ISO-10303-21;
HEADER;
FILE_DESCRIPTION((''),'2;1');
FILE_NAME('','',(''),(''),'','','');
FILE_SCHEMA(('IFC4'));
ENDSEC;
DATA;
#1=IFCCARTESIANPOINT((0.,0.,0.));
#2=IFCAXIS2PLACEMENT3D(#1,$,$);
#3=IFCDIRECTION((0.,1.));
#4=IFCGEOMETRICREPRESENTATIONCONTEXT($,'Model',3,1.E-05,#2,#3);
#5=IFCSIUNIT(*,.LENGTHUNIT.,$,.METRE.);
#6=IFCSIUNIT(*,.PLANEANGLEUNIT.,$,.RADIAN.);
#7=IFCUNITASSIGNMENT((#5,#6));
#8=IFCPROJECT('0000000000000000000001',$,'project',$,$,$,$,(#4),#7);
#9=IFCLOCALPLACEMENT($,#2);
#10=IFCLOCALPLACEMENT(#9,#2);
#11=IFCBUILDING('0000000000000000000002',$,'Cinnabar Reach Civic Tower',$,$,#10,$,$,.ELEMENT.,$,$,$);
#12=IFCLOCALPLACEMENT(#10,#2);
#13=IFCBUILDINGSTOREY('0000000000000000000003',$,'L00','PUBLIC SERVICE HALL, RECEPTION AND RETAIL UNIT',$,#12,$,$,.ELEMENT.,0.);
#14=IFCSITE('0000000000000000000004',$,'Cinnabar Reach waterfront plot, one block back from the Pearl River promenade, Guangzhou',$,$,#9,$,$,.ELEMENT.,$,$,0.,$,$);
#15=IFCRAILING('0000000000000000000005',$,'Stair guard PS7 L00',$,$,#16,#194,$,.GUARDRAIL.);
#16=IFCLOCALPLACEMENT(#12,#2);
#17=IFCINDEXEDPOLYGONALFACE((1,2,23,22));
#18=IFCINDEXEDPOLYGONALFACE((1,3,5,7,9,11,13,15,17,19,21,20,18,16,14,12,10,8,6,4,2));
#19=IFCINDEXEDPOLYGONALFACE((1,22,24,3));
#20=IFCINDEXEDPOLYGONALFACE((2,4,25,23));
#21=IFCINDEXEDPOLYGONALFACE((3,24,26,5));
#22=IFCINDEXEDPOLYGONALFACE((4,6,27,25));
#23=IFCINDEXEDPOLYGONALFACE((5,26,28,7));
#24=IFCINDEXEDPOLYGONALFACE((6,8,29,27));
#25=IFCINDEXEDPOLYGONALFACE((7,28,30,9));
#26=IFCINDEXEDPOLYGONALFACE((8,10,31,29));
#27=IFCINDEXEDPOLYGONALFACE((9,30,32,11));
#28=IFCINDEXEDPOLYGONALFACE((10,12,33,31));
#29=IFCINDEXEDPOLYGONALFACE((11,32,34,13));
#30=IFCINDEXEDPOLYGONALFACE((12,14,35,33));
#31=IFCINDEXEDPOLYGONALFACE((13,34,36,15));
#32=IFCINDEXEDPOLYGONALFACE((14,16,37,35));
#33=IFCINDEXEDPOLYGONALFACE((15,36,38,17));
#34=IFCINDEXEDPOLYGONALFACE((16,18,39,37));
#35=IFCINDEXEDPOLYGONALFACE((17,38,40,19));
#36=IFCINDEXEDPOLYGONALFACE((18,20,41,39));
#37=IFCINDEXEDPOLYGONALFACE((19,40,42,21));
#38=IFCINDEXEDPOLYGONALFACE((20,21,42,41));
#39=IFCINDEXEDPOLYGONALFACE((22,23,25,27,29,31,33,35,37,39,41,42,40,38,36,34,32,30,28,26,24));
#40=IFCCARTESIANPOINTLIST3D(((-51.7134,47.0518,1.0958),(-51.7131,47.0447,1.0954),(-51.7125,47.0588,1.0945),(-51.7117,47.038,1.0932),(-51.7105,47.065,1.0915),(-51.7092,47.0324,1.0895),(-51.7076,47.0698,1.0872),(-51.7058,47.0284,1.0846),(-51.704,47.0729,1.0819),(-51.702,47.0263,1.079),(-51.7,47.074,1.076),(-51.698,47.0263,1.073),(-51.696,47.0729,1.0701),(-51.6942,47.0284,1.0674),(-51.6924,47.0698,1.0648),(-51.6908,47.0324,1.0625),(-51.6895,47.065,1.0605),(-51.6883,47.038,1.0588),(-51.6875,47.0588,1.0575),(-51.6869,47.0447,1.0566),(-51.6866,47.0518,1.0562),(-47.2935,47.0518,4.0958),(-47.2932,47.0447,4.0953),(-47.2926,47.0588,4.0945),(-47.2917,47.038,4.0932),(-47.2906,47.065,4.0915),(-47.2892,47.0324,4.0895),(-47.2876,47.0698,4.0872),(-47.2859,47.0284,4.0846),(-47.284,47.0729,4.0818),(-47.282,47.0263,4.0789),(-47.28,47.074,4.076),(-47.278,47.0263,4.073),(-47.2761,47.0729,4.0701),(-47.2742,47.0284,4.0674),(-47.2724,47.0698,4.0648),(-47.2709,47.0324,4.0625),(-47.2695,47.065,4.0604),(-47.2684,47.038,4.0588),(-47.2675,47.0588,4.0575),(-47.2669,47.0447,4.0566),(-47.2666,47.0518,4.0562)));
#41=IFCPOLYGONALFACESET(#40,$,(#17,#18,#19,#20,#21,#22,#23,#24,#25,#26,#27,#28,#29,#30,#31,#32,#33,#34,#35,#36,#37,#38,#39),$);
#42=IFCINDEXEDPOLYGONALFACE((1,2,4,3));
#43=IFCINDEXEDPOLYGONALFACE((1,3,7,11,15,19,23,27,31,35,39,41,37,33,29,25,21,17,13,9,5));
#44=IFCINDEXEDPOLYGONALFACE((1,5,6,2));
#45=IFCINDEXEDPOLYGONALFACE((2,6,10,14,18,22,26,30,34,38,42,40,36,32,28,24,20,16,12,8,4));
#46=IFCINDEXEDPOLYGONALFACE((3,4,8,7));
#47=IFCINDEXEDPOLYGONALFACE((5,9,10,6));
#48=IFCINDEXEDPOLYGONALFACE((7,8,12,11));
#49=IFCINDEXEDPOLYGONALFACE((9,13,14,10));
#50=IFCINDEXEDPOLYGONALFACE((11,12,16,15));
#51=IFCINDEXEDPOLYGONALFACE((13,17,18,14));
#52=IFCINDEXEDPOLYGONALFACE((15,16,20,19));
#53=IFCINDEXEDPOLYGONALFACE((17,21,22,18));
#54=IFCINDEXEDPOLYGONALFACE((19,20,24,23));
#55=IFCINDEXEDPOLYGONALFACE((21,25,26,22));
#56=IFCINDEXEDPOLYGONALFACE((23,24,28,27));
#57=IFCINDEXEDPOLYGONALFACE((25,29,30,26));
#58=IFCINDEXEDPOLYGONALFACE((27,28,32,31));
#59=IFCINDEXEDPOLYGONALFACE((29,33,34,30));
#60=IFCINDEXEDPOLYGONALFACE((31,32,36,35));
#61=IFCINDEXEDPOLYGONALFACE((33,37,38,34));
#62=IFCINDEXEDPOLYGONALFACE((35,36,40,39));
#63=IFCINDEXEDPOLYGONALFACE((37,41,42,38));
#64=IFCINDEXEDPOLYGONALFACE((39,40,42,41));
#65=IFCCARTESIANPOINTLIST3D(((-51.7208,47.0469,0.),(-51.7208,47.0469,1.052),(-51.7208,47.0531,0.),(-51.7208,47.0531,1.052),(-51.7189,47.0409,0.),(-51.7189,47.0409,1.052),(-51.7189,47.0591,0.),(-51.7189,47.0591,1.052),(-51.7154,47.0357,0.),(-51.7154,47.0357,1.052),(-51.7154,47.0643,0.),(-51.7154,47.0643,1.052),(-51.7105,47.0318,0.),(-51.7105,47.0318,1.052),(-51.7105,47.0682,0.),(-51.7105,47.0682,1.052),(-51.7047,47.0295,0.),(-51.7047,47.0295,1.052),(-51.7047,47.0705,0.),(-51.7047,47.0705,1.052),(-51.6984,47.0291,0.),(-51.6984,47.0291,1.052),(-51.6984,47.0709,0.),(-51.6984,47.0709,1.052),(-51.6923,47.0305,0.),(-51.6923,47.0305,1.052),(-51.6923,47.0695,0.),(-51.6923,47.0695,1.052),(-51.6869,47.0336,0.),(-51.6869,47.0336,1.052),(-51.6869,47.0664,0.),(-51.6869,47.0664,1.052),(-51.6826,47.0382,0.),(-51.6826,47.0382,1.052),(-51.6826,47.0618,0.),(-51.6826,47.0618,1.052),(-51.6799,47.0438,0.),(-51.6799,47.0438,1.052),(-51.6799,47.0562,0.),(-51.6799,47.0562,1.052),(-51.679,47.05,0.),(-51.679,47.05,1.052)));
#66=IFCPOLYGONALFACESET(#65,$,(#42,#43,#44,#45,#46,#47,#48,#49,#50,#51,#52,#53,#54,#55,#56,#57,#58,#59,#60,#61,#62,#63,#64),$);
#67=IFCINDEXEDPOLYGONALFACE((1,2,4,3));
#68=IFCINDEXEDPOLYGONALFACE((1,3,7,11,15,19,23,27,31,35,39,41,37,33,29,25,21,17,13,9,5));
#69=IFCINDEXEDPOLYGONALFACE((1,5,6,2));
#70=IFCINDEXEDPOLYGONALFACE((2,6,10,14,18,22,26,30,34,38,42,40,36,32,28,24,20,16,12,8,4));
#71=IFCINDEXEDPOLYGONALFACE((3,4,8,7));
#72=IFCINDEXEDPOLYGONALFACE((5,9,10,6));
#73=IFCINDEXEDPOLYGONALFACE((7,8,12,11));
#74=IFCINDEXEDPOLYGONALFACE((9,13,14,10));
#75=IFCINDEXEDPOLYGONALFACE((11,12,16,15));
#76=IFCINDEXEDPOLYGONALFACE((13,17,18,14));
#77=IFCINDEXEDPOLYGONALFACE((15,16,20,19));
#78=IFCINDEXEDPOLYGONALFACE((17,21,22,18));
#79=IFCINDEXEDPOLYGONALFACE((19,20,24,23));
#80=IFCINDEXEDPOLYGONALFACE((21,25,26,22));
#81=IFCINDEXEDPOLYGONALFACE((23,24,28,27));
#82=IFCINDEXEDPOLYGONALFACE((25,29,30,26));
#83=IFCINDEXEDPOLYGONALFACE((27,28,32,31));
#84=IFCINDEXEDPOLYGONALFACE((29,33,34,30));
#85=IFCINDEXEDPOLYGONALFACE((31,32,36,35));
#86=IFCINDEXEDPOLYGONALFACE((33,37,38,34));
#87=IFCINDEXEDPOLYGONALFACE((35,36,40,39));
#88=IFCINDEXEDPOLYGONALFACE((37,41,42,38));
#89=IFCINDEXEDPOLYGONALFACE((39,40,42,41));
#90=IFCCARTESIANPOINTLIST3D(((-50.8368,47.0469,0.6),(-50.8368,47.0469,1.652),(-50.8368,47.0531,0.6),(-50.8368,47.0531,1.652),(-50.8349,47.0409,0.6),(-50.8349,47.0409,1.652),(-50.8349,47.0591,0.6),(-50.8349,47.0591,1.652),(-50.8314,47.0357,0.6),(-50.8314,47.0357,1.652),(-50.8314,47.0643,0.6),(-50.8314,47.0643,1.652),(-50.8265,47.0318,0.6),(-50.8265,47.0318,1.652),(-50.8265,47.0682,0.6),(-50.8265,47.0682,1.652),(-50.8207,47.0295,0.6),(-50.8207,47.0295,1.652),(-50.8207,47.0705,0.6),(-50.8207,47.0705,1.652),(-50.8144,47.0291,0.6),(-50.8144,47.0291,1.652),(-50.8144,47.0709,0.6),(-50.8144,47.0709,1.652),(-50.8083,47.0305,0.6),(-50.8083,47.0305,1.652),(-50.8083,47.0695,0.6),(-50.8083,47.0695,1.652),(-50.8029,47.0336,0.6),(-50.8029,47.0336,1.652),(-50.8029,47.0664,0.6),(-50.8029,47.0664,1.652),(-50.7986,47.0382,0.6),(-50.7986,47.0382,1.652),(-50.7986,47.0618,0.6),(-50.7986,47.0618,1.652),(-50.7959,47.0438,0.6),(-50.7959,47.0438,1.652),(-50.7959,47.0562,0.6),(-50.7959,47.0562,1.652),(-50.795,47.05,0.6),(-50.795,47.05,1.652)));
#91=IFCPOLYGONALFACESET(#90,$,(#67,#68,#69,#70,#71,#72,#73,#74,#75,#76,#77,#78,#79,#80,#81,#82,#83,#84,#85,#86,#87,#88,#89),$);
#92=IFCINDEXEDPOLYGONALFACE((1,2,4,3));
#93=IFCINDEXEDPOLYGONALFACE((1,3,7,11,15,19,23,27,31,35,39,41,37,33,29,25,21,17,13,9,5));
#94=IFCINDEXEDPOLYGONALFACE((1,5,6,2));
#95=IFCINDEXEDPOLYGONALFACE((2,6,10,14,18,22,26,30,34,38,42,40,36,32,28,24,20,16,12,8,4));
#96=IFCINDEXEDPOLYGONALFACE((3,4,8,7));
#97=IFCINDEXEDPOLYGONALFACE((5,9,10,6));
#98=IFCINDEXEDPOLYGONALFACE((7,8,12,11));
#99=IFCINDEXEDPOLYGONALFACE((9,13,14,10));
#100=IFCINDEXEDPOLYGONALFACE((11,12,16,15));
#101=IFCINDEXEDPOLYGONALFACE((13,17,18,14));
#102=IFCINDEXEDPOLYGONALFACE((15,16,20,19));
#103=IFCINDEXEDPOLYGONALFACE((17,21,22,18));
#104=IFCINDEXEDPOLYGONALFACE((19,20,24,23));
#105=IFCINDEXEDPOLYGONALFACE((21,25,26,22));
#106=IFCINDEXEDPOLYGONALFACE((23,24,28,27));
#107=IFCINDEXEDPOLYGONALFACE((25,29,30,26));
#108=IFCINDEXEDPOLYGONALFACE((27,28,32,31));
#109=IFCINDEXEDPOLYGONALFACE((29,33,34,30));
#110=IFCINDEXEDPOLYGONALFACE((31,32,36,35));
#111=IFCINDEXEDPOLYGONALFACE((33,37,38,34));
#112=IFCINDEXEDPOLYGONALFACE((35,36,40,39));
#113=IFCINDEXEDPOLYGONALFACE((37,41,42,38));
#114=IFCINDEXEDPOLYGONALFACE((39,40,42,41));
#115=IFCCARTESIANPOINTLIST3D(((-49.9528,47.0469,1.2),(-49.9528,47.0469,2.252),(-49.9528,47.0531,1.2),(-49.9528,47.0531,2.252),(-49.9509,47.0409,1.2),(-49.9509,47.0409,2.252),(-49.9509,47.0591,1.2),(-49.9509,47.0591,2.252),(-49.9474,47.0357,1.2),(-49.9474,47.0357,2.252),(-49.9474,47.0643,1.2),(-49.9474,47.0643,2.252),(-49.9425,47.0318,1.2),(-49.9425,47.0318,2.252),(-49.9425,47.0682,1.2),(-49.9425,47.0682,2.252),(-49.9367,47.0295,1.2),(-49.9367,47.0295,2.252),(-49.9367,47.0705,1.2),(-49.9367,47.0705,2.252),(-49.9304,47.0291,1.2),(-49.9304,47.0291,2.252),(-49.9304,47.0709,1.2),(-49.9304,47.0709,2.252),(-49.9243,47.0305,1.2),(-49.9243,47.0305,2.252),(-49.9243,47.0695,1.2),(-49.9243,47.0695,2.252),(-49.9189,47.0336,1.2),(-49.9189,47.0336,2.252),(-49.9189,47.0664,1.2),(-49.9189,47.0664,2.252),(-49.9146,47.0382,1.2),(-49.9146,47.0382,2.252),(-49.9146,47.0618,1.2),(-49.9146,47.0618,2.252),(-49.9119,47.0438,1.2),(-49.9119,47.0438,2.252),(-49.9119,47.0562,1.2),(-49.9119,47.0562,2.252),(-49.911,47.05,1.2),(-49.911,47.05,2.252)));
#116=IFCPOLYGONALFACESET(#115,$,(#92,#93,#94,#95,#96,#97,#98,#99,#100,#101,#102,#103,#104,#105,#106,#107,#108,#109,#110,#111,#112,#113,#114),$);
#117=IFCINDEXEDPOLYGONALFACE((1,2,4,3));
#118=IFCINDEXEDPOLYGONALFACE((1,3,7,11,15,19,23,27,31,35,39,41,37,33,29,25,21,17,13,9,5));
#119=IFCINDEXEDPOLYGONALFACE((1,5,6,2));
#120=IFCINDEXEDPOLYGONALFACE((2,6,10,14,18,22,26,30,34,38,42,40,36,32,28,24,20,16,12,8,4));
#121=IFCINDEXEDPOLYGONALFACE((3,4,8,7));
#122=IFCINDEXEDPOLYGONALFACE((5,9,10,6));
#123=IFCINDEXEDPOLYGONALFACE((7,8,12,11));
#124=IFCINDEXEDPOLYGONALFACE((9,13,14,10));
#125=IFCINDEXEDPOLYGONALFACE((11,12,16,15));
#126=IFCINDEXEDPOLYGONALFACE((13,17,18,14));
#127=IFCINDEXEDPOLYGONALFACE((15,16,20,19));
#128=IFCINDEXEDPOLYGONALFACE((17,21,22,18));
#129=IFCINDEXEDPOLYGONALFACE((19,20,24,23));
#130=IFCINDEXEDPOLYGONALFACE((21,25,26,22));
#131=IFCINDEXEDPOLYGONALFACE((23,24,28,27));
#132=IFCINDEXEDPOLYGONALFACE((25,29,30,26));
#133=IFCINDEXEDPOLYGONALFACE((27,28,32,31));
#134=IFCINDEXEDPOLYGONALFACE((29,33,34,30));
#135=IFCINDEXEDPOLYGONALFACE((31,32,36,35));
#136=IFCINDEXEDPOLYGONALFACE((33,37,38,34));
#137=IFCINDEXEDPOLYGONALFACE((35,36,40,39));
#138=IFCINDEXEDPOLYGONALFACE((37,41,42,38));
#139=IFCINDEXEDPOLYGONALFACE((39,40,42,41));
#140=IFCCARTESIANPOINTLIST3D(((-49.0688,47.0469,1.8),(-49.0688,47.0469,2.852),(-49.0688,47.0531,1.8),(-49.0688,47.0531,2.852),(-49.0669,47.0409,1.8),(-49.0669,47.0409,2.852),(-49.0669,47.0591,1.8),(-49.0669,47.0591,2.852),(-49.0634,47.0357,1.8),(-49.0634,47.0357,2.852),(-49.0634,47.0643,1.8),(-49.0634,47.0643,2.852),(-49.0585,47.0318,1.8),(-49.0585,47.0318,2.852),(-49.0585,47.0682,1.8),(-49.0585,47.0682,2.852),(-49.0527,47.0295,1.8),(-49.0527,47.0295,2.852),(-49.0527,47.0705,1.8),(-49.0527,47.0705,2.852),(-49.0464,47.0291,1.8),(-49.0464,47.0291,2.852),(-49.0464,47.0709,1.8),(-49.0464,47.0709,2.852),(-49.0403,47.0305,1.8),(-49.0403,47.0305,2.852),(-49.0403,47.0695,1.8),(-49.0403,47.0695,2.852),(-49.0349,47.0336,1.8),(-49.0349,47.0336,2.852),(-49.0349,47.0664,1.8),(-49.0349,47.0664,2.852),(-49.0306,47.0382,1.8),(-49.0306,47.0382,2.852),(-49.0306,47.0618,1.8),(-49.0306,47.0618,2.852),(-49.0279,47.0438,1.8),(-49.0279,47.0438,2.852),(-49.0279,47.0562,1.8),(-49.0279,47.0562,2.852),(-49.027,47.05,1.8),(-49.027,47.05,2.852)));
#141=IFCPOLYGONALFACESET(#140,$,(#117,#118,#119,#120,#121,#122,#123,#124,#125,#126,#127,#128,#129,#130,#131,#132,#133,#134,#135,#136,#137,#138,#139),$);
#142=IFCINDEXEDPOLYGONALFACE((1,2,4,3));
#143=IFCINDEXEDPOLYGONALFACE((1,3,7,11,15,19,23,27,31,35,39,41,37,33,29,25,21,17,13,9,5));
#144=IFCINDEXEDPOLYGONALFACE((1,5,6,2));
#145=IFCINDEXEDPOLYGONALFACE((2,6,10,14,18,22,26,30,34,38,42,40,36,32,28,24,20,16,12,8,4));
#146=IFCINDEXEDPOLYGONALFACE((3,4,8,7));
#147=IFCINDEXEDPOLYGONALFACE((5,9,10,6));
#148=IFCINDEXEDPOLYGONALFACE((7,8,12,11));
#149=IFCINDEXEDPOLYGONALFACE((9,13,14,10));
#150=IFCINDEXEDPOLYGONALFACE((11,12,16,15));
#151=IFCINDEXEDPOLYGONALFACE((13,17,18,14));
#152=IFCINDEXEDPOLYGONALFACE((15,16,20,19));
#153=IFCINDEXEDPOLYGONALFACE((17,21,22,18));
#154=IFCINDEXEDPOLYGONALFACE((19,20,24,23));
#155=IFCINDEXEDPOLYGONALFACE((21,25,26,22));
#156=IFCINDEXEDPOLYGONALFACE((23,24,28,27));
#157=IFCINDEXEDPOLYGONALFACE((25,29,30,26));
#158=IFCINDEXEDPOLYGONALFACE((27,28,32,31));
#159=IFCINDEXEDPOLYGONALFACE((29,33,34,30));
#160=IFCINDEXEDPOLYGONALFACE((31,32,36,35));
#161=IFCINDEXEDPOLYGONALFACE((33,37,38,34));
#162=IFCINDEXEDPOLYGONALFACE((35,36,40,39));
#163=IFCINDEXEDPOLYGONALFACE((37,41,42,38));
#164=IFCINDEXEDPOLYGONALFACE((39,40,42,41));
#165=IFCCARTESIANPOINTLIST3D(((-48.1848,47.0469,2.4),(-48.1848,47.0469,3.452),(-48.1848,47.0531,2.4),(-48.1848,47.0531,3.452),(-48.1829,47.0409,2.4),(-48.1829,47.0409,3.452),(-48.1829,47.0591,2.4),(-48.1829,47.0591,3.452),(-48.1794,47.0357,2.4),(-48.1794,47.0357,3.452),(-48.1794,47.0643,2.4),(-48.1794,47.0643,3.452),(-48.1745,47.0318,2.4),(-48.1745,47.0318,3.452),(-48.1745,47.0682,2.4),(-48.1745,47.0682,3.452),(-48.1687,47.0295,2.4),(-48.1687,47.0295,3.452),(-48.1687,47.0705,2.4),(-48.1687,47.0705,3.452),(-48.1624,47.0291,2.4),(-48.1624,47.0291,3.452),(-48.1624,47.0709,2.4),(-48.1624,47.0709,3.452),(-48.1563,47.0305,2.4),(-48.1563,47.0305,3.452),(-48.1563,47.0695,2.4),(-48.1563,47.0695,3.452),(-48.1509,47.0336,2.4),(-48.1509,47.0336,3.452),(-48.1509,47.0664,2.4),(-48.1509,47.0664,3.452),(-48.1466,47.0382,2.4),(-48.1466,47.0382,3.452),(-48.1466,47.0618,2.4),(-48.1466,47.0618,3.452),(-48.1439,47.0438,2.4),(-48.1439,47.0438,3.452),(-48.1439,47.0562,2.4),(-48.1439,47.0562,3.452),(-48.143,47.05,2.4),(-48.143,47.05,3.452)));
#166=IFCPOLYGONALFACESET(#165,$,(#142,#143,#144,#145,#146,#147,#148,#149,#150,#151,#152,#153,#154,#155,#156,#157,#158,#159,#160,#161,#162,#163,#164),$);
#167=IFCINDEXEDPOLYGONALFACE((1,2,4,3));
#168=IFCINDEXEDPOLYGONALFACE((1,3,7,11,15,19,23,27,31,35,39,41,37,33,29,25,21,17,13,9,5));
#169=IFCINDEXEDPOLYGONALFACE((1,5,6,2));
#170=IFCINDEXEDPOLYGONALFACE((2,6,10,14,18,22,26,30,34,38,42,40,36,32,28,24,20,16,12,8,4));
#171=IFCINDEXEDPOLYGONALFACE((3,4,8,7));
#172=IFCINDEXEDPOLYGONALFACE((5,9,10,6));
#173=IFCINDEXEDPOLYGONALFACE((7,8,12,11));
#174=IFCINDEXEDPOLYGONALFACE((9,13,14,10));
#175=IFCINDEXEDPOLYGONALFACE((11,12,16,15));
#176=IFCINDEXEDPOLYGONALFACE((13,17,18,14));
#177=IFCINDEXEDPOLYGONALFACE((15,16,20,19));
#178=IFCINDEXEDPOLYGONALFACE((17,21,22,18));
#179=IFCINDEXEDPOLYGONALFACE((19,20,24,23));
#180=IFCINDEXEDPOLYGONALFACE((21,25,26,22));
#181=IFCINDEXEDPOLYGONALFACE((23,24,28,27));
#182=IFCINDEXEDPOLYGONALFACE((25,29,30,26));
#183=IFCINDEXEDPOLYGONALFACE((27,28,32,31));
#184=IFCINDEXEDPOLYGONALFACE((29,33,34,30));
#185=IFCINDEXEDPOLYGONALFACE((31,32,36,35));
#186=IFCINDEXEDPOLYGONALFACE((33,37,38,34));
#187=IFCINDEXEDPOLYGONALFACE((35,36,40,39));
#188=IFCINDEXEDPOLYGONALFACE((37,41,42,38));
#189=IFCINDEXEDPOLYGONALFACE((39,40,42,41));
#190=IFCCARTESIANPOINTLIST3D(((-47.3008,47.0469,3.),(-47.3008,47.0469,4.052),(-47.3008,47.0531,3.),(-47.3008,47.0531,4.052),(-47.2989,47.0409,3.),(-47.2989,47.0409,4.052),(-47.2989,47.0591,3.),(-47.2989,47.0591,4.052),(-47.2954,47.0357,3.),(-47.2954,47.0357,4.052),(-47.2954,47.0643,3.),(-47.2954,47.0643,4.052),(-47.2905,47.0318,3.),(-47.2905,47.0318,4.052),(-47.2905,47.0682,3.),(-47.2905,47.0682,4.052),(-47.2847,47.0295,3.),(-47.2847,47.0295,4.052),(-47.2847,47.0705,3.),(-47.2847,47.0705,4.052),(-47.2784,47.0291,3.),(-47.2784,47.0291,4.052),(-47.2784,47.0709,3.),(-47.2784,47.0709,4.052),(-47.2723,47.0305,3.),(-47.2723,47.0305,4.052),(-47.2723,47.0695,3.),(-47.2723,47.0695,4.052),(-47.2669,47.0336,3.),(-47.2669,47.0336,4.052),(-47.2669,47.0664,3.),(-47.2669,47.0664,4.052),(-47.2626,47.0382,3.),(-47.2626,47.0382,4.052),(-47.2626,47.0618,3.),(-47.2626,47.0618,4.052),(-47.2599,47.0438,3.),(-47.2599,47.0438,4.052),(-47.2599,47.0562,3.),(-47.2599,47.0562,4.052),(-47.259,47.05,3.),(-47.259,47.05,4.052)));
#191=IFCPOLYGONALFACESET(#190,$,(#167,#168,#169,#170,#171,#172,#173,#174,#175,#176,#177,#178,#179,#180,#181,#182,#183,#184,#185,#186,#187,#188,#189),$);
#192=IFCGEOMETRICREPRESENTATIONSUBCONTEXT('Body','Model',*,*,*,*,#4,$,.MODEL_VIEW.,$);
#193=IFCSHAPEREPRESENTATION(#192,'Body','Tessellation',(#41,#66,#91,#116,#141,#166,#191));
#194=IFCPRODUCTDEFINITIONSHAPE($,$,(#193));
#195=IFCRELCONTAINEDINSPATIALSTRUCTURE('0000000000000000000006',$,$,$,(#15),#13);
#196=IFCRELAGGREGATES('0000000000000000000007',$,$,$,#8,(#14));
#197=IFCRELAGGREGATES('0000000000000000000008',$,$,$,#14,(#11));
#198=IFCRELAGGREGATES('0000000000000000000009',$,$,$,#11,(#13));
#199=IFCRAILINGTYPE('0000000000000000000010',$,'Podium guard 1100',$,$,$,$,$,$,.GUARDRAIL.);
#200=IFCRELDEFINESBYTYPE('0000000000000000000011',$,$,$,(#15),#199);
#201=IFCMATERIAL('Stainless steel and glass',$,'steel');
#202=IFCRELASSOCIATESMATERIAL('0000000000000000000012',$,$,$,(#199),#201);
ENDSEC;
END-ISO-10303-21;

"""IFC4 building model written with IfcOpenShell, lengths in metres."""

from ifc_helpers import new_model, si_unit, direction, frame, origin, origin_2d, place, context, subcontext, project, spatial, circle, extrude, material, type_object, element, save


model = new_model("IFC4")

# Units and contexts
model_context = context("Model", 3, precision=1e-05, world=origin(), true_north=direction((0.0, 1.0)))
body_context = subcontext(model_context, "Body", "Model", "MODEL_VIEW")
ifc_project = project(units=[si_unit("LENGTHUNIT", "METRE"), si_unit("PLANEANGLEUNIT", "RADIAN")], contexts=[model_context])

# Site, building, storey
site_placement = place(None, origin())
site = spatial("IfcSite", under=ifc_project, at=site_placement, Name="Cinnabar Reach waterfront plot, one block back from the Pearl River promenade, Guangzhou", CompositionType="ELEMENT", RefElevation=0.0)
building_placement = place(site_placement, origin())
building = spatial("IfcBuilding", under=site, at=building_placement, Name="Cinnabar Reach Civic Tower", CompositionType="ELEMENT")
storey_placement = place(building_placement, origin())
storey = spatial("IfcBuildingStorey", under=building, at=storey_placement, Name="L00", Description="PUBLIC SERVICE HALL, RECEPTION AND RETAIL UNIT", CompositionType="ELEMENT", Elevation=0.0)

# Railing
ifc_material_1 = material(Name="Stainless steel and glass", Category="steel")
railing_type_1 = type_object("IfcRailingType", Name="Podium guard 1100", PredefinedType="GUARDRAIL", material=ifc_material_1)
railing_1_placement = place(storey_placement, frame((-51.7, 47.05, 0.0)))
element("IfcRailing", 1, at=railing_1_placement, inside=storey, type_object=railing_type_1, Name="Stair guard PS7 L00", PredefinedType="GUARDRAIL", context=body_context, shape_type="SweptSolid", body=[
    extrude(circle(Radius=0.024, at=origin_2d()), frame((0.0, 0.0, 1.076), z_axis=(0.827414, 0.0, 0.561593), x_axis=(0.0, 1.0, 0.0)), (0.0, 0.0, 1.0), 5.3419),
    extrude(circle(Radius=0.021, at=origin_2d()), origin(), (0.0, 0.0, 1.0), 1.052),
    extrude(circle(Radius=0.021, at=origin_2d()), frame((0.884, 0.0, 0.6)), (0.0, 0.0, 1.0), 1.052),
    extrude(circle(Radius=0.021, at=origin_2d()), frame((1.768, 0.0, 1.2)), (0.0, 0.0, 1.0), 1.052),
    extrude(circle(Radius=0.021, at=origin_2d()), frame((2.652, 0.0, 1.8)), (0.0, 0.0, 1.0), 1.052),
    extrude(circle(Radius=0.021, at=origin_2d()), frame((3.536, 0.0, 2.4)), (0.0, 0.0, 1.0), 1.052),
    extrude(circle(Radius=0.021, at=origin_2d()), frame((4.42, 0.0, 3.0)), (0.0, 0.0, 1.0), 1.052),
])

save(model, "model.ifc")
